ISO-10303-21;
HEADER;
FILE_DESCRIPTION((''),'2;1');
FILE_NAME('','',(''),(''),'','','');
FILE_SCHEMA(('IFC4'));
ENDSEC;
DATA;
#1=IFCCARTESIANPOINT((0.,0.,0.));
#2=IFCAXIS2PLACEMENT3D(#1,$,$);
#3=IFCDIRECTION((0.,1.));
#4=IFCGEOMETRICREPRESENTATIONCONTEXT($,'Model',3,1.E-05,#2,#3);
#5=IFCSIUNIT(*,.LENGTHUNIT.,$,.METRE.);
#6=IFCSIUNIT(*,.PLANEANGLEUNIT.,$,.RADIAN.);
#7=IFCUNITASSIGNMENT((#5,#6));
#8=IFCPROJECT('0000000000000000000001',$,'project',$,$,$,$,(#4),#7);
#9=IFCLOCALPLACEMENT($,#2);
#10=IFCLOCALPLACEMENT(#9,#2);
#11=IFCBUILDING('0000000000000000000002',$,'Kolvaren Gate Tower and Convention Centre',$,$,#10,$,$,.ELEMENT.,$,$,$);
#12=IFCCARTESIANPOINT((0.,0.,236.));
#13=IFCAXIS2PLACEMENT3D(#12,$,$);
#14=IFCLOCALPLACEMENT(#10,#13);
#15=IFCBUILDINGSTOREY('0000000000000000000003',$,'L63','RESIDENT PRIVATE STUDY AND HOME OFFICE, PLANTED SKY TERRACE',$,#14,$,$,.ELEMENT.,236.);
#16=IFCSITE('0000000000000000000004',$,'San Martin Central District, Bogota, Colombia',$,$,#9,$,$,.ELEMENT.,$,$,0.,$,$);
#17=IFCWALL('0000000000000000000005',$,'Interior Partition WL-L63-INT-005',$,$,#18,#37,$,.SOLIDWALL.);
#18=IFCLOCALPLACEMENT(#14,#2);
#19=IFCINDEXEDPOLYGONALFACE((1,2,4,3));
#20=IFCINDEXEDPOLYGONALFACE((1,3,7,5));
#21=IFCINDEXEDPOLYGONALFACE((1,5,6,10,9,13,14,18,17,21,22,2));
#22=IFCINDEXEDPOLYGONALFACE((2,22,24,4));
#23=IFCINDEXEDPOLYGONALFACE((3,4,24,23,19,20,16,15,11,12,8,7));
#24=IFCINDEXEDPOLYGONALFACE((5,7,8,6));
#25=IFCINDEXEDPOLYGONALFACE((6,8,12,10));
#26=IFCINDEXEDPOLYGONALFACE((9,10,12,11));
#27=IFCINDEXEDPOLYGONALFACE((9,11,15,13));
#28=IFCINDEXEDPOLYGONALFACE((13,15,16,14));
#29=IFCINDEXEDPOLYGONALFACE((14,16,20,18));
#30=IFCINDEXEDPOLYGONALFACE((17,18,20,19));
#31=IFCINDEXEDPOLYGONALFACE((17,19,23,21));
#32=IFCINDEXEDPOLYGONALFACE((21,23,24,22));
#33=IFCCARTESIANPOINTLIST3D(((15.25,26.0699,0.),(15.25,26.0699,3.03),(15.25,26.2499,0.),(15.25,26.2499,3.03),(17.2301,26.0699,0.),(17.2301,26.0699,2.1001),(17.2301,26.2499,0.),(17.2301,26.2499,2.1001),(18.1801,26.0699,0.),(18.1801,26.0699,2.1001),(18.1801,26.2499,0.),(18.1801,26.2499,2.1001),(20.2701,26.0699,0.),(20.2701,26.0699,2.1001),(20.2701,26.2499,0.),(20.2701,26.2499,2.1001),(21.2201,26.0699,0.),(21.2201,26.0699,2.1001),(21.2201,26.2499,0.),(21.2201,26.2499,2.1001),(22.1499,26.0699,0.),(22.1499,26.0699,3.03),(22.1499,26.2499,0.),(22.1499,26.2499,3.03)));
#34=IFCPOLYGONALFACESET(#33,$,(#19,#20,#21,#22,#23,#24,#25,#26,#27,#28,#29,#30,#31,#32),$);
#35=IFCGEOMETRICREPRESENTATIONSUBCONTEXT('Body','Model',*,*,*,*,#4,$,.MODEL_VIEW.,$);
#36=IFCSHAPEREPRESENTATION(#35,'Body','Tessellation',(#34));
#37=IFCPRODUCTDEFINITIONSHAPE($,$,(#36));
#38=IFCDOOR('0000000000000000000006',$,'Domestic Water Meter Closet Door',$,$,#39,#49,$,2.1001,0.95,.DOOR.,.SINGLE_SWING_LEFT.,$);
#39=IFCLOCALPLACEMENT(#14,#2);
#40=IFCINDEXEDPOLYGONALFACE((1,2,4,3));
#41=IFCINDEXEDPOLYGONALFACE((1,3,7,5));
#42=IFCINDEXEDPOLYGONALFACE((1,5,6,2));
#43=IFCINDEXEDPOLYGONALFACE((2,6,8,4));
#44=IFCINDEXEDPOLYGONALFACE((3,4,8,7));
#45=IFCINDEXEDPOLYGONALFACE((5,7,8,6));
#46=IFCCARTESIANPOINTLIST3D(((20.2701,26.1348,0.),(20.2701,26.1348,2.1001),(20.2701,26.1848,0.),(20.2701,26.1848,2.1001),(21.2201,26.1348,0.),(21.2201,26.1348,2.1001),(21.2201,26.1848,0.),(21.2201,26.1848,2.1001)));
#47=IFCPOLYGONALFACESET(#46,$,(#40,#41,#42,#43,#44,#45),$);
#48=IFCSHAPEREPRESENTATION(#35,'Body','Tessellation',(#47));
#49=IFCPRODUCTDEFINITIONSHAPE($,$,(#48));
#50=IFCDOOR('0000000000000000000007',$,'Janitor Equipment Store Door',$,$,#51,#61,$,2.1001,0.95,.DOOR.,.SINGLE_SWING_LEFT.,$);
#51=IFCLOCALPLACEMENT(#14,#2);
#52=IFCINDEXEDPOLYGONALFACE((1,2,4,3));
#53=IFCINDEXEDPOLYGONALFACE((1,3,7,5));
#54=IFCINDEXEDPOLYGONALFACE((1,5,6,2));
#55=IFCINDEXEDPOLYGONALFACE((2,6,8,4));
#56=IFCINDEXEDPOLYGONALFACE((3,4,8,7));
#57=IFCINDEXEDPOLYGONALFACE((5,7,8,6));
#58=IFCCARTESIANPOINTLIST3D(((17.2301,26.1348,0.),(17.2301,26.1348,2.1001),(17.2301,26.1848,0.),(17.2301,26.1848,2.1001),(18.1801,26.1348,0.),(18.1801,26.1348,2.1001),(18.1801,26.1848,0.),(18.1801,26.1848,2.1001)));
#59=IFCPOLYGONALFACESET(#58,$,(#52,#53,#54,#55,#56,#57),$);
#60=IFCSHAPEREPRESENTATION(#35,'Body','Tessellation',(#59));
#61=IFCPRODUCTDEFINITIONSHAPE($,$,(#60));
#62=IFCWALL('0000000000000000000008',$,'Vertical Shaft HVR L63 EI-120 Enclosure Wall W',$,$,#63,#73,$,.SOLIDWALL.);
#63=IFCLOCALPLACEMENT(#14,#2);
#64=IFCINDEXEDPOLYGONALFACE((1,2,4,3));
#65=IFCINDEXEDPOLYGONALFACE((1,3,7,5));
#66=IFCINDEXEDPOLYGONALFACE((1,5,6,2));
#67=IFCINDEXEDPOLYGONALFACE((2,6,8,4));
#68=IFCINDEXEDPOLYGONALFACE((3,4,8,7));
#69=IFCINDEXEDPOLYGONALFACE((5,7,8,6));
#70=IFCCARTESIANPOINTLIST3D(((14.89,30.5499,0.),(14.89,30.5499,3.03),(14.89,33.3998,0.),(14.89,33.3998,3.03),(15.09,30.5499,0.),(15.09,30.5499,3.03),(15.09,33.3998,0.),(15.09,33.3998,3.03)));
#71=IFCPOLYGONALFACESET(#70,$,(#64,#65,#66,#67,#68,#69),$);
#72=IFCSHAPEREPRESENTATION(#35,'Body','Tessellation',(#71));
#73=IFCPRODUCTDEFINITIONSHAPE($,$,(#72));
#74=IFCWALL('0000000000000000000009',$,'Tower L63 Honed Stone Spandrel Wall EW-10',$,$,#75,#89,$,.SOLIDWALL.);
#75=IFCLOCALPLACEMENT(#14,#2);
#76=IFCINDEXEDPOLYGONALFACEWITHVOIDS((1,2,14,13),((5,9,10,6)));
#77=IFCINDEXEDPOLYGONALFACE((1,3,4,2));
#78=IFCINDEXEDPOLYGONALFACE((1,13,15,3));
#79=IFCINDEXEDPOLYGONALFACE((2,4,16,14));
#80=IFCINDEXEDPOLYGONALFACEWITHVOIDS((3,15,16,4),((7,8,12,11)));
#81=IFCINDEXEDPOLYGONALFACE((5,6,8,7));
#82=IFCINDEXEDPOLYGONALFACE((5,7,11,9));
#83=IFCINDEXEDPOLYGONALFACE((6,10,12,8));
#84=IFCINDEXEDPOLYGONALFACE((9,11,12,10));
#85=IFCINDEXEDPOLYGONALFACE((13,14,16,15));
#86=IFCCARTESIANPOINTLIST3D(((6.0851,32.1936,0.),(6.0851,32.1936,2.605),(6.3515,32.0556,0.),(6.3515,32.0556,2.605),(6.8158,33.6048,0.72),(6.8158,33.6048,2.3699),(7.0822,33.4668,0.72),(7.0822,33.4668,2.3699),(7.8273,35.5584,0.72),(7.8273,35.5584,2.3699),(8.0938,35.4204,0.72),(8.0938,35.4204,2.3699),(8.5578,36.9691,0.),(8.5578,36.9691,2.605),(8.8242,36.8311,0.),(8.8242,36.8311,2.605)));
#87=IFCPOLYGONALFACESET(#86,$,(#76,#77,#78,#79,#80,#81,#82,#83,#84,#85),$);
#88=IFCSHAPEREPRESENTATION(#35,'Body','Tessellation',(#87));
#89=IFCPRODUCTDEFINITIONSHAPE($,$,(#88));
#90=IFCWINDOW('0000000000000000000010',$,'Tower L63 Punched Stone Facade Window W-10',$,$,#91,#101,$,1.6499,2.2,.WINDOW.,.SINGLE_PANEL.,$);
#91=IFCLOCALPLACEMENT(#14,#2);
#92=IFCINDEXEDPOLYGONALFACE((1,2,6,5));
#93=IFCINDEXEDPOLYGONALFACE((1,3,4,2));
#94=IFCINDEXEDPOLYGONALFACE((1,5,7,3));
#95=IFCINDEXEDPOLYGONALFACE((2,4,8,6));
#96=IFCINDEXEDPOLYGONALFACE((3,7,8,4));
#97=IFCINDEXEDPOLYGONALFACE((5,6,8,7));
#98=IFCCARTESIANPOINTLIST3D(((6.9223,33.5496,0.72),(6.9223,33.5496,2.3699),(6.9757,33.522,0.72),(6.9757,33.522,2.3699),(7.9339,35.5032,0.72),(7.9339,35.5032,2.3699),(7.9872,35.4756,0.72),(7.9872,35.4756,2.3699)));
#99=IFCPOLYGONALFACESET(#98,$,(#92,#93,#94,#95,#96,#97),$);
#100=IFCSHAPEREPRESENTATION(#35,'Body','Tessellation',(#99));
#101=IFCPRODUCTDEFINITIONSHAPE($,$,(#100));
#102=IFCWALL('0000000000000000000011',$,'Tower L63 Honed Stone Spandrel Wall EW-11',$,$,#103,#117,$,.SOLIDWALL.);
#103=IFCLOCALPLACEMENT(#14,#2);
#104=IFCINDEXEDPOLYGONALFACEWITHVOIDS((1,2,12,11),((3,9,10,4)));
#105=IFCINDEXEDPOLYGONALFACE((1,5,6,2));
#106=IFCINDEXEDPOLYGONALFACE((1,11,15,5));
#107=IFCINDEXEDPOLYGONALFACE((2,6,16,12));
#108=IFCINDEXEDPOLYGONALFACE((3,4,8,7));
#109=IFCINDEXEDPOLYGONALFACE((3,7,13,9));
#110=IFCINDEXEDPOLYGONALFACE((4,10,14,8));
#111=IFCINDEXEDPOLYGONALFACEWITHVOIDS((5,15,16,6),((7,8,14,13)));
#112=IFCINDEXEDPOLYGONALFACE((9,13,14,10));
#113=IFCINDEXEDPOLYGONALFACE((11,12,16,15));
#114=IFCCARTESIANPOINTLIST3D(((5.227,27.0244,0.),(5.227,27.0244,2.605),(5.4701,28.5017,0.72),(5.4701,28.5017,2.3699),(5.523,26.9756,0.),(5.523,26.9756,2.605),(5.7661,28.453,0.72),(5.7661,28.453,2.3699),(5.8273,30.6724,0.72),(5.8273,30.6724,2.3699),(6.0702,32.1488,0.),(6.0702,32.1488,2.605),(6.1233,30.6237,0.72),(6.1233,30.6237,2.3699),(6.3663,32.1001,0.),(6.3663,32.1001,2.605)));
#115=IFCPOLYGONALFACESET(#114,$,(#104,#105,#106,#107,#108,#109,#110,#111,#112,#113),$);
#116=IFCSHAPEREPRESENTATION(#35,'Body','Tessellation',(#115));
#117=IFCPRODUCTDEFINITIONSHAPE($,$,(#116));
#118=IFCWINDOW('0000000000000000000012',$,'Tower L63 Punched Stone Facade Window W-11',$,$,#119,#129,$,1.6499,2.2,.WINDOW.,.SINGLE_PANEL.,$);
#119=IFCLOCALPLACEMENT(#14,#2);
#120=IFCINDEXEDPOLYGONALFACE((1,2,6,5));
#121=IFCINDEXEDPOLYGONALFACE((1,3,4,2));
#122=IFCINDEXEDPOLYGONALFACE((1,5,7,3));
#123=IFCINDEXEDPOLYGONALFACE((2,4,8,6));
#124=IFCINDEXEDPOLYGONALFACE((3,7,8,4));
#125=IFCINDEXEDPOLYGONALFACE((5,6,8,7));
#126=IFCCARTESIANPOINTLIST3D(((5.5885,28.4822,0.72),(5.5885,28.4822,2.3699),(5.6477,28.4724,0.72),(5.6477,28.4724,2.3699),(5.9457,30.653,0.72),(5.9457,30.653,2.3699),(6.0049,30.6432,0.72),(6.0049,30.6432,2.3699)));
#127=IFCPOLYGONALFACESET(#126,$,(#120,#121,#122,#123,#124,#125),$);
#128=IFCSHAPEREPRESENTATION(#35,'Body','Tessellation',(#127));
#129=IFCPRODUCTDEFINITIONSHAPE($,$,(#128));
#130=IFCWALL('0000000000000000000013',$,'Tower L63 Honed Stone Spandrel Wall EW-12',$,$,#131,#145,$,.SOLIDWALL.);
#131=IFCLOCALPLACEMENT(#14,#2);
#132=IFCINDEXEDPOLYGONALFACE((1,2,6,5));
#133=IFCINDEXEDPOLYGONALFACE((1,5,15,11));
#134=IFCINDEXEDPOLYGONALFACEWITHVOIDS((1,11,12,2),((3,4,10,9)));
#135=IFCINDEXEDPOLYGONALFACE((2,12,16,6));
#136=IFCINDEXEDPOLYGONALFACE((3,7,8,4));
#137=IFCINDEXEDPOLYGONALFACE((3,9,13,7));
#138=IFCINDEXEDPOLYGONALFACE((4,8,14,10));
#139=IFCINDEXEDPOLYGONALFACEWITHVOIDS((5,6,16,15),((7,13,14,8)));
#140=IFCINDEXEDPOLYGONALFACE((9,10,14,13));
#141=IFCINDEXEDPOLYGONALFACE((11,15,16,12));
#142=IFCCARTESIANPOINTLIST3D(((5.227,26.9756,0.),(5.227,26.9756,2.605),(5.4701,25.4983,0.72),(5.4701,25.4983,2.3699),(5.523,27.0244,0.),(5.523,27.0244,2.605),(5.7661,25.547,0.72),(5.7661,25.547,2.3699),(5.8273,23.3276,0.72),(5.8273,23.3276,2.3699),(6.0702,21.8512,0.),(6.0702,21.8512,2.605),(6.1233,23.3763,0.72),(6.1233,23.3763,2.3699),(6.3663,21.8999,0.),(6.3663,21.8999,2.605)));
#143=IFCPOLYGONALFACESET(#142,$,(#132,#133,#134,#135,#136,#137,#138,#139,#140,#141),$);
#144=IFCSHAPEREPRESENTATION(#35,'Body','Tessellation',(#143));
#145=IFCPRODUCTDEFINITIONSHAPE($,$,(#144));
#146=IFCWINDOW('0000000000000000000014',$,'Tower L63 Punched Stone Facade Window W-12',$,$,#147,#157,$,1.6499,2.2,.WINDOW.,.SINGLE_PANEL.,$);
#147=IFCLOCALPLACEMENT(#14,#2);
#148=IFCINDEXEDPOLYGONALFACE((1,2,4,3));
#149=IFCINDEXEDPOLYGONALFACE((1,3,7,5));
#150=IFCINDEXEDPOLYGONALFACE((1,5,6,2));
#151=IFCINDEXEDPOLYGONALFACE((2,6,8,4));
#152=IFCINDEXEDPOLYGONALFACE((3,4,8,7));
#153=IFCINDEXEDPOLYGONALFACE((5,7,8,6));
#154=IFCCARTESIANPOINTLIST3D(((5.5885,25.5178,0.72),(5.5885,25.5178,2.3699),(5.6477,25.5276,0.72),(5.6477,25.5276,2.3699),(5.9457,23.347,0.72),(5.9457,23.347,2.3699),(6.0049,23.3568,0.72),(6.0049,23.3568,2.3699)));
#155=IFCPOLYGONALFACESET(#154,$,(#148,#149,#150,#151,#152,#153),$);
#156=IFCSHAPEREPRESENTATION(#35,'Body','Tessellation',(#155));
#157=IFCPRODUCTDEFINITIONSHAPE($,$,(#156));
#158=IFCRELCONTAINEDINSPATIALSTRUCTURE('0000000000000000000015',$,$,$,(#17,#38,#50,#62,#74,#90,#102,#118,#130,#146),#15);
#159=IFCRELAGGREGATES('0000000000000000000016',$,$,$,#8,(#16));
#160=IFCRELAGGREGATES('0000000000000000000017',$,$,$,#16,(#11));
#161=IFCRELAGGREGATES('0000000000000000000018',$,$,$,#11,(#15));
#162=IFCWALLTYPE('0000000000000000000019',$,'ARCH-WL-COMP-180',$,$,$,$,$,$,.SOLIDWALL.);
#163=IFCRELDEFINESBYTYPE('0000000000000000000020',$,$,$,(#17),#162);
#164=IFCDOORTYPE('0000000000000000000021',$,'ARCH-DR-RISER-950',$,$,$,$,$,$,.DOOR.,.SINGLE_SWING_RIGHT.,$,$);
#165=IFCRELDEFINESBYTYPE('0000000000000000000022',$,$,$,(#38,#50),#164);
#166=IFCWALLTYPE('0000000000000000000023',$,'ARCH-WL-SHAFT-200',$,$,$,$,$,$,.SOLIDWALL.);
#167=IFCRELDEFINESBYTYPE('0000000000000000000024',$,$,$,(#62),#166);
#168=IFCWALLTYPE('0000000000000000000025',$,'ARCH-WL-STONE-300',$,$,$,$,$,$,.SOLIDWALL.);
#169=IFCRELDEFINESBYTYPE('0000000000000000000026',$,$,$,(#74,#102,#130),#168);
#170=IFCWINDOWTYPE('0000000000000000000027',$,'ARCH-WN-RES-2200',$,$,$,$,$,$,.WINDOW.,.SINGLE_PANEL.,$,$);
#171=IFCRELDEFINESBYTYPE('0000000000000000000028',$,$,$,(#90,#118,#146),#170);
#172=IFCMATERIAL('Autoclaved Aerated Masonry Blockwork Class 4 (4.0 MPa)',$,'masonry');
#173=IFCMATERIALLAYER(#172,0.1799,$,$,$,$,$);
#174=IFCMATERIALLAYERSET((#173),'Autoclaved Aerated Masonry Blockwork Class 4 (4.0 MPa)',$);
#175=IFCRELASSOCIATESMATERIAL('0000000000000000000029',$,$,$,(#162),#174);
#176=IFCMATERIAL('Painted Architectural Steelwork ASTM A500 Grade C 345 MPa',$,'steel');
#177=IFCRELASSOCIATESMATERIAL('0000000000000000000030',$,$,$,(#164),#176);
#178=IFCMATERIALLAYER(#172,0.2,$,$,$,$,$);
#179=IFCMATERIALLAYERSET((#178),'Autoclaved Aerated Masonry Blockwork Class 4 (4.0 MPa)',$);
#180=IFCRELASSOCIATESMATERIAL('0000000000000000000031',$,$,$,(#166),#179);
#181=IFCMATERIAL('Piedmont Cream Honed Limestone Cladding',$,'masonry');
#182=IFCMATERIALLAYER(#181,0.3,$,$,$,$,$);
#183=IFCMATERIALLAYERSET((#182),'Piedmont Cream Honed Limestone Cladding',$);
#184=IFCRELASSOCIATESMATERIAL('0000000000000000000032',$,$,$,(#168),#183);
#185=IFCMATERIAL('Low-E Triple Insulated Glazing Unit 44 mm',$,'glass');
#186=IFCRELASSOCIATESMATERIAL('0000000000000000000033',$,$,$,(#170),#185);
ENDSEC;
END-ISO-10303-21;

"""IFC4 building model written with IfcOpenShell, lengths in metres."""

from ifc_helpers import new_model, si_unit, direction, frame, frame_2d, origin, place, context, subcontext, project, spatial, rectangle, extrude, material, layer, layer_set, type_object, element, fill, save


model = new_model("IFC4")

# Units and contexts
model_context = context("Model", 3, precision=1e-05, world=origin(), true_north=direction((0.0, 1.0)))
body_context = subcontext(model_context, "Body", "Model", "MODEL_VIEW")
ifc_project = project(units=[si_unit("LENGTHUNIT", "METRE"), si_unit("PLANEANGLEUNIT", "RADIAN")], contexts=[model_context])

# Site, building, storey
site_placement = place(None, origin())
site = spatial("IfcSite", under=ifc_project, at=site_placement, Name="San Martin Central District, Bogota, Colombia", CompositionType="ELEMENT", RefElevation=0.0)
building_placement = place(site_placement, origin())
building = spatial("IfcBuilding", under=site, at=building_placement, Name="Kolvaren Gate Tower and Convention Centre", CompositionType="ELEMENT")
storey_placement = place(building_placement, frame((0.0, 0.0, 236.0)))
storey = spatial("IfcBuildingStorey", under=building, at=storey_placement, Name="L63", Description="RESIDENT PRIVATE STUDY AND HOME OFFICE, PLANTED SKY TERRACE", CompositionType="ELEMENT", Elevation=236.0)

# Wall, openings, doors
ifc_material_1 = material(Name="Autoclaved Aerated Masonry Blockwork Class 4 (4.0 MPa)", Category="masonry")
ifc_layer_1 = layer(ifc_material_1, 0.1799)
ifc_layer_set_1 = layer_set([ifc_layer_1], Name="Autoclaved Aerated Masonry Blockwork Class 4 (4.0 MPa)")
wall_type_1 = type_object("IfcWallType", Name="ARCH-WL-COMP-180", PredefinedType="SOLIDWALL", material=ifc_layer_set_1)
ifc_material_2 = material(Name="Painted Architectural Steelwork ASTM A500 Grade C 345 MPa", Category="steel")
door_type = type_object("IfcDoorType", Name="ARCH-DR-RISER-950", OperationType="SINGLE_SWING_RIGHT", PredefinedType="DOOR", material=ifc_material_2)
wall_1_placement = place(storey_placement, frame((15.25, 26.1599, 0.0), z_axis=(0.0, 0.0, 1.0), x_axis=(1.0, 0.0, 0.0)))
wall_1 = element("IfcWall", 1, at=wall_1_placement, inside=storey, type_object=wall_type_1, Name="Interior Partition WL-L63-INT-005", PredefinedType="SOLIDWALL", context=body_context, shape_type="SweptSolid", body=[
    extrude(rectangle(XDim=6.8999, YDim=0.1799, at=frame_2d((3.45, 0.0))), origin(), (0.0, 0.0, 1.0), 3.03),
])
opening_1_placement = place(wall_1_placement, frame((5.02, 0.0, 0.0)))
opening_1 = element("IfcOpeningElement", 2, at=opening_1_placement, cuts=wall_1, PredefinedType="OPENING", context=body_context, shape_type="SweptSolid", body=[
    extrude(rectangle(XDim=0.95, YDim=2.1001, at=frame_2d((0.4751, 1.05))), frame((0.0, 0.0999, 0.0), z_axis=(0.0, -1.0, 0.0), x_axis=(1.0, 0.0, 0.0)), (0.0, 0.0, 1.0), 0.2),
])
opening_2_placement = place(wall_1_placement, frame((1.98, 0.0, 0.0)))
opening_2 = element("IfcOpeningElement", 3, at=opening_2_placement, cuts=wall_1, PredefinedType="OPENING", context=body_context, shape_type="SweptSolid", body=[
    extrude(rectangle(XDim=0.95, YDim=2.1001, at=frame_2d((0.4751, 1.05))), frame((0.0, 0.0999, 0.0), z_axis=(0.0, -1.0, 0.0), x_axis=(1.0, 0.0, 0.0)), (0.0, 0.0, 1.0), 0.2),
])
door_1_placement = place(opening_1_placement, origin())
door_1 = element("IfcDoor", 4, at=door_1_placement, inside=storey, type_object=door_type, Name="Domestic Water Meter Closet Door", OperationType="SINGLE_SWING_LEFT", OverallHeight=2.1001, OverallWidth=0.95, PredefinedType="DOOR", context=body_context, shape_type="SweptSolid", body=[
    extrude(rectangle(XDim=0.95, YDim=2.1001, at=frame_2d((0.4751, 1.05))), frame((0.0, 0.0249, 0.0), z_axis=(0.0, -1.0, 0.0), x_axis=(1.0, 0.0, 0.0)), (0.0, 0.0, 1.0), 0.05),
])
fill(opening_1, door_1)
door_2_placement = place(opening_2_placement, origin())
door_2 = element("IfcDoor", 5, at=door_2_placement, inside=storey, type_object=door_type, Name="Janitor Equipment Store Door", OperationType="SINGLE_SWING_LEFT", OverallHeight=2.1001, OverallWidth=0.95, PredefinedType="DOOR", context=body_context, shape_type="SweptSolid", body=[
    extrude(rectangle(XDim=0.95, YDim=2.1001, at=frame_2d((0.4751, 1.05))), frame((0.0, 0.0249, 0.0), z_axis=(0.0, -1.0, 0.0), x_axis=(1.0, 0.0, 0.0)), (0.0, 0.0, 1.0), 0.05),
])
fill(opening_2, door_2)

# Wall
ifc_layer_2 = layer(ifc_material_1, 0.2)
ifc_layer_set_2 = layer_set([ifc_layer_2], Name="Autoclaved Aerated Masonry Blockwork Class 4 (4.0 MPa)")
wall_type_2 = type_object("IfcWallType", Name="ARCH-WL-SHAFT-200", PredefinedType="SOLIDWALL", material=ifc_layer_set_2)
wall_2_placement = place(storey_placement, frame((14.99, 30.55, 0.0), z_axis=(0.0, 0.0, 1.0), x_axis=(0.0, 1.0, 0.0)))
element("IfcWall", 6, at=wall_2_placement, inside=storey, type_object=wall_type_2, Name="Vertical Shaft HVR L63 EI-120 Enclosure Wall W", PredefinedType="SOLIDWALL", context=body_context, shape_type="SweptSolid", body=[
    extrude(rectangle(XDim=2.8499, YDim=0.2, at=frame_2d((1.4248, 0.0))), origin(), (0.0, 0.0, 1.0), 3.03),
])

# Walls, openings, windows
ifc_material_3 = material(Name="Piedmont Cream Honed Limestone Cladding", Category="masonry")
ifc_layer_3 = layer(ifc_material_3, 0.3)
ifc_layer_set_3 = layer_set([ifc_layer_3], Name="Piedmont Cream Honed Limestone Cladding")
wall_type_3 = type_object("IfcWallType", Name="ARCH-WL-STONE-300", PredefinedType="SOLIDWALL", material=ifc_layer_set_3)
wall_3_placement = place(storey_placement, frame((6.2183, 32.1245, 0.0), z_axis=(0.0, 0.0, 1.0), x_axis=(0.459808, 0.888018, 0.0)))
wall_3 = element("IfcWall", 7, at=wall_3_placement, inside=storey, type_object=wall_type_3, Name="Tower L63 Honed Stone Spandrel Wall EW-10", PredefinedType="SOLIDWALL", context=body_context, shape_type="SweptSolid", body=[
    extrude(rectangle(XDim=5.3777, YDim=0.3, at=frame_2d((2.689, 0.0))), origin(), (0.0, 0.0, 1.0), 2.605),
])
opening_3_placement = place(wall_3_placement, frame((1.5891, 0.0, 0.72)))
opening_3 = element("IfcOpeningElement", 8, at=opening_3_placement, cuts=wall_3, PredefinedType="OPENING", context=body_context, shape_type="SweptSolid", body=[
    extrude(rectangle(XDim=2.2, YDim=1.6499, at=frame_2d((1.1001, 0.825))), frame((0.0, 0.1599, 0.0), z_axis=(0.0, -1.0, 0.0), x_axis=(1.0, 0.0, 0.0)), (0.0, 0.0, 1.0), 0.3201),
])
ifc_material_4 = material(Name="Low-E Triple Insulated Glazing Unit 44 mm", Category="glass")
window_type = type_object("IfcWindowType", Name="ARCH-WN-RES-2200", PartitioningType="SINGLE_PANEL", PredefinedType="WINDOW", material=ifc_material_4)
window_1_placement = place(opening_3_placement, origin())
window_1 = element("IfcWindow", 9, at=window_1_placement, inside=storey, type_object=window_type, Name="Tower L63 Punched Stone Facade Window W-10", OverallHeight=1.6499, OverallWidth=2.2, PartitioningType="SINGLE_PANEL", PredefinedType="WINDOW", context=body_context, shape_type="SweptSolid", body=[
    extrude(rectangle(XDim=2.2, YDim=1.6499, at=frame_2d((1.1001, 0.825))), frame((0.0, 0.03, 0.0), z_axis=(0.0, -1.0, 0.0), x_axis=(1.0, 0.0, 0.0)), (0.0, 0.0, 1.0), 0.0601),
])
fill(opening_3, window_1)
wall_4_placement = place(storey_placement, frame((5.375, 27.0, 0.0), z_axis=(0.0, 0.0, 1.0), x_axis=(0.162371, 0.98673, 0.0)))
wall_4 = element("IfcWall", 10, at=wall_4_placement, inside=storey, type_object=wall_type_3, Name="Tower L63 Honed Stone Spandrel Wall EW-11", PredefinedType="SOLIDWALL", context=body_context, shape_type="SweptSolid", body=[
    extrude(rectangle(XDim=5.1934, YDim=0.3, at=frame_2d((2.5967, 0.0))), origin(), (0.0, 0.0, 1.0), 2.605),
])
opening_4_placement = place(wall_4_placement, frame((1.4971, 0.0, 0.72)))
opening_4 = element("IfcOpeningElement", 11, at=opening_4_placement, cuts=wall_4, PredefinedType="OPENING", context=body_context, shape_type="SweptSolid", body=[
    extrude(rectangle(XDim=2.2, YDim=1.6499, at=frame_2d((1.1001, 0.825))), frame((0.0, 0.1599, 0.0), z_axis=(0.0, -1.0, 0.0), x_axis=(1.0, 0.0, 0.0)), (0.0, 0.0, 1.0), 0.3201),
])
window_2_placement = place(opening_4_placement, origin())
window_2 = element("IfcWindow", 12, at=window_2_placement, inside=storey, type_object=window_type, Name="Tower L63 Punched Stone Facade Window W-11", OverallHeight=1.6499, OverallWidth=2.2, PartitioningType="SINGLE_PANEL", PredefinedType="WINDOW", context=body_context, shape_type="SweptSolid", body=[
    extrude(rectangle(XDim=2.2, YDim=1.6499, at=frame_2d((1.1001, 0.825))), frame((0.0, 0.03, 0.0), z_axis=(0.0, -1.0, 0.0), x_axis=(1.0, 0.0, 0.0)), (0.0, 0.0, 1.0), 0.0601),
])
fill(opening_4, window_2)
wall_5_placement = place(storey_placement, frame((5.375, 27.0, 0.0), z_axis=(0.0, 0.0, 1.0), x_axis=(0.162371, -0.98673, 0.0)))
wall_5 = element("IfcWall", 13, at=wall_5_placement, inside=storey, type_object=wall_type_3, Name="Tower L63 Honed Stone Spandrel Wall EW-12", PredefinedType="SOLIDWALL", context=body_context, shape_type="SweptSolid", body=[
    extrude(rectangle(XDim=5.1934, YDim=0.3, at=frame_2d((2.5967, 0.0))), origin(), (0.0, 0.0, 1.0), 2.605),
])
opening_5_placement = place(wall_5_placement, frame((1.4971, 0.0, 0.72)))
opening_5 = element("IfcOpeningElement", 14, at=opening_5_placement, cuts=wall_5, PredefinedType="OPENING", context=body_context, shape_type="SweptSolid", body=[
    extrude(rectangle(XDim=2.2, YDim=1.6499, at=frame_2d((1.1001, 0.825))), frame((0.0, 0.1599, 0.0), z_axis=(0.0, -1.0, 0.0), x_axis=(1.0, 0.0, 0.0)), (0.0, 0.0, 1.0), 0.3201),
])
window_3_placement = place(opening_5_placement, origin())
window_3 = element("IfcWindow", 15, at=window_3_placement, inside=storey, type_object=window_type, Name="Tower L63 Punched Stone Facade Window W-12", OverallHeight=1.6499, OverallWidth=2.2, PartitioningType="SINGLE_PANEL", PredefinedType="WINDOW", context=body_context, shape_type="SweptSolid", body=[
    extrude(rectangle(XDim=2.2, YDim=1.6499, at=frame_2d((1.1001, 0.825))), frame((0.0, 0.03, 0.0), z_axis=(0.0, -1.0, 0.0), x_axis=(1.0, 0.0, 0.0)), (0.0, 0.0, 1.0), 0.0601),
])
fill(opening_5, window_3)

save(model, "model.ifc")
